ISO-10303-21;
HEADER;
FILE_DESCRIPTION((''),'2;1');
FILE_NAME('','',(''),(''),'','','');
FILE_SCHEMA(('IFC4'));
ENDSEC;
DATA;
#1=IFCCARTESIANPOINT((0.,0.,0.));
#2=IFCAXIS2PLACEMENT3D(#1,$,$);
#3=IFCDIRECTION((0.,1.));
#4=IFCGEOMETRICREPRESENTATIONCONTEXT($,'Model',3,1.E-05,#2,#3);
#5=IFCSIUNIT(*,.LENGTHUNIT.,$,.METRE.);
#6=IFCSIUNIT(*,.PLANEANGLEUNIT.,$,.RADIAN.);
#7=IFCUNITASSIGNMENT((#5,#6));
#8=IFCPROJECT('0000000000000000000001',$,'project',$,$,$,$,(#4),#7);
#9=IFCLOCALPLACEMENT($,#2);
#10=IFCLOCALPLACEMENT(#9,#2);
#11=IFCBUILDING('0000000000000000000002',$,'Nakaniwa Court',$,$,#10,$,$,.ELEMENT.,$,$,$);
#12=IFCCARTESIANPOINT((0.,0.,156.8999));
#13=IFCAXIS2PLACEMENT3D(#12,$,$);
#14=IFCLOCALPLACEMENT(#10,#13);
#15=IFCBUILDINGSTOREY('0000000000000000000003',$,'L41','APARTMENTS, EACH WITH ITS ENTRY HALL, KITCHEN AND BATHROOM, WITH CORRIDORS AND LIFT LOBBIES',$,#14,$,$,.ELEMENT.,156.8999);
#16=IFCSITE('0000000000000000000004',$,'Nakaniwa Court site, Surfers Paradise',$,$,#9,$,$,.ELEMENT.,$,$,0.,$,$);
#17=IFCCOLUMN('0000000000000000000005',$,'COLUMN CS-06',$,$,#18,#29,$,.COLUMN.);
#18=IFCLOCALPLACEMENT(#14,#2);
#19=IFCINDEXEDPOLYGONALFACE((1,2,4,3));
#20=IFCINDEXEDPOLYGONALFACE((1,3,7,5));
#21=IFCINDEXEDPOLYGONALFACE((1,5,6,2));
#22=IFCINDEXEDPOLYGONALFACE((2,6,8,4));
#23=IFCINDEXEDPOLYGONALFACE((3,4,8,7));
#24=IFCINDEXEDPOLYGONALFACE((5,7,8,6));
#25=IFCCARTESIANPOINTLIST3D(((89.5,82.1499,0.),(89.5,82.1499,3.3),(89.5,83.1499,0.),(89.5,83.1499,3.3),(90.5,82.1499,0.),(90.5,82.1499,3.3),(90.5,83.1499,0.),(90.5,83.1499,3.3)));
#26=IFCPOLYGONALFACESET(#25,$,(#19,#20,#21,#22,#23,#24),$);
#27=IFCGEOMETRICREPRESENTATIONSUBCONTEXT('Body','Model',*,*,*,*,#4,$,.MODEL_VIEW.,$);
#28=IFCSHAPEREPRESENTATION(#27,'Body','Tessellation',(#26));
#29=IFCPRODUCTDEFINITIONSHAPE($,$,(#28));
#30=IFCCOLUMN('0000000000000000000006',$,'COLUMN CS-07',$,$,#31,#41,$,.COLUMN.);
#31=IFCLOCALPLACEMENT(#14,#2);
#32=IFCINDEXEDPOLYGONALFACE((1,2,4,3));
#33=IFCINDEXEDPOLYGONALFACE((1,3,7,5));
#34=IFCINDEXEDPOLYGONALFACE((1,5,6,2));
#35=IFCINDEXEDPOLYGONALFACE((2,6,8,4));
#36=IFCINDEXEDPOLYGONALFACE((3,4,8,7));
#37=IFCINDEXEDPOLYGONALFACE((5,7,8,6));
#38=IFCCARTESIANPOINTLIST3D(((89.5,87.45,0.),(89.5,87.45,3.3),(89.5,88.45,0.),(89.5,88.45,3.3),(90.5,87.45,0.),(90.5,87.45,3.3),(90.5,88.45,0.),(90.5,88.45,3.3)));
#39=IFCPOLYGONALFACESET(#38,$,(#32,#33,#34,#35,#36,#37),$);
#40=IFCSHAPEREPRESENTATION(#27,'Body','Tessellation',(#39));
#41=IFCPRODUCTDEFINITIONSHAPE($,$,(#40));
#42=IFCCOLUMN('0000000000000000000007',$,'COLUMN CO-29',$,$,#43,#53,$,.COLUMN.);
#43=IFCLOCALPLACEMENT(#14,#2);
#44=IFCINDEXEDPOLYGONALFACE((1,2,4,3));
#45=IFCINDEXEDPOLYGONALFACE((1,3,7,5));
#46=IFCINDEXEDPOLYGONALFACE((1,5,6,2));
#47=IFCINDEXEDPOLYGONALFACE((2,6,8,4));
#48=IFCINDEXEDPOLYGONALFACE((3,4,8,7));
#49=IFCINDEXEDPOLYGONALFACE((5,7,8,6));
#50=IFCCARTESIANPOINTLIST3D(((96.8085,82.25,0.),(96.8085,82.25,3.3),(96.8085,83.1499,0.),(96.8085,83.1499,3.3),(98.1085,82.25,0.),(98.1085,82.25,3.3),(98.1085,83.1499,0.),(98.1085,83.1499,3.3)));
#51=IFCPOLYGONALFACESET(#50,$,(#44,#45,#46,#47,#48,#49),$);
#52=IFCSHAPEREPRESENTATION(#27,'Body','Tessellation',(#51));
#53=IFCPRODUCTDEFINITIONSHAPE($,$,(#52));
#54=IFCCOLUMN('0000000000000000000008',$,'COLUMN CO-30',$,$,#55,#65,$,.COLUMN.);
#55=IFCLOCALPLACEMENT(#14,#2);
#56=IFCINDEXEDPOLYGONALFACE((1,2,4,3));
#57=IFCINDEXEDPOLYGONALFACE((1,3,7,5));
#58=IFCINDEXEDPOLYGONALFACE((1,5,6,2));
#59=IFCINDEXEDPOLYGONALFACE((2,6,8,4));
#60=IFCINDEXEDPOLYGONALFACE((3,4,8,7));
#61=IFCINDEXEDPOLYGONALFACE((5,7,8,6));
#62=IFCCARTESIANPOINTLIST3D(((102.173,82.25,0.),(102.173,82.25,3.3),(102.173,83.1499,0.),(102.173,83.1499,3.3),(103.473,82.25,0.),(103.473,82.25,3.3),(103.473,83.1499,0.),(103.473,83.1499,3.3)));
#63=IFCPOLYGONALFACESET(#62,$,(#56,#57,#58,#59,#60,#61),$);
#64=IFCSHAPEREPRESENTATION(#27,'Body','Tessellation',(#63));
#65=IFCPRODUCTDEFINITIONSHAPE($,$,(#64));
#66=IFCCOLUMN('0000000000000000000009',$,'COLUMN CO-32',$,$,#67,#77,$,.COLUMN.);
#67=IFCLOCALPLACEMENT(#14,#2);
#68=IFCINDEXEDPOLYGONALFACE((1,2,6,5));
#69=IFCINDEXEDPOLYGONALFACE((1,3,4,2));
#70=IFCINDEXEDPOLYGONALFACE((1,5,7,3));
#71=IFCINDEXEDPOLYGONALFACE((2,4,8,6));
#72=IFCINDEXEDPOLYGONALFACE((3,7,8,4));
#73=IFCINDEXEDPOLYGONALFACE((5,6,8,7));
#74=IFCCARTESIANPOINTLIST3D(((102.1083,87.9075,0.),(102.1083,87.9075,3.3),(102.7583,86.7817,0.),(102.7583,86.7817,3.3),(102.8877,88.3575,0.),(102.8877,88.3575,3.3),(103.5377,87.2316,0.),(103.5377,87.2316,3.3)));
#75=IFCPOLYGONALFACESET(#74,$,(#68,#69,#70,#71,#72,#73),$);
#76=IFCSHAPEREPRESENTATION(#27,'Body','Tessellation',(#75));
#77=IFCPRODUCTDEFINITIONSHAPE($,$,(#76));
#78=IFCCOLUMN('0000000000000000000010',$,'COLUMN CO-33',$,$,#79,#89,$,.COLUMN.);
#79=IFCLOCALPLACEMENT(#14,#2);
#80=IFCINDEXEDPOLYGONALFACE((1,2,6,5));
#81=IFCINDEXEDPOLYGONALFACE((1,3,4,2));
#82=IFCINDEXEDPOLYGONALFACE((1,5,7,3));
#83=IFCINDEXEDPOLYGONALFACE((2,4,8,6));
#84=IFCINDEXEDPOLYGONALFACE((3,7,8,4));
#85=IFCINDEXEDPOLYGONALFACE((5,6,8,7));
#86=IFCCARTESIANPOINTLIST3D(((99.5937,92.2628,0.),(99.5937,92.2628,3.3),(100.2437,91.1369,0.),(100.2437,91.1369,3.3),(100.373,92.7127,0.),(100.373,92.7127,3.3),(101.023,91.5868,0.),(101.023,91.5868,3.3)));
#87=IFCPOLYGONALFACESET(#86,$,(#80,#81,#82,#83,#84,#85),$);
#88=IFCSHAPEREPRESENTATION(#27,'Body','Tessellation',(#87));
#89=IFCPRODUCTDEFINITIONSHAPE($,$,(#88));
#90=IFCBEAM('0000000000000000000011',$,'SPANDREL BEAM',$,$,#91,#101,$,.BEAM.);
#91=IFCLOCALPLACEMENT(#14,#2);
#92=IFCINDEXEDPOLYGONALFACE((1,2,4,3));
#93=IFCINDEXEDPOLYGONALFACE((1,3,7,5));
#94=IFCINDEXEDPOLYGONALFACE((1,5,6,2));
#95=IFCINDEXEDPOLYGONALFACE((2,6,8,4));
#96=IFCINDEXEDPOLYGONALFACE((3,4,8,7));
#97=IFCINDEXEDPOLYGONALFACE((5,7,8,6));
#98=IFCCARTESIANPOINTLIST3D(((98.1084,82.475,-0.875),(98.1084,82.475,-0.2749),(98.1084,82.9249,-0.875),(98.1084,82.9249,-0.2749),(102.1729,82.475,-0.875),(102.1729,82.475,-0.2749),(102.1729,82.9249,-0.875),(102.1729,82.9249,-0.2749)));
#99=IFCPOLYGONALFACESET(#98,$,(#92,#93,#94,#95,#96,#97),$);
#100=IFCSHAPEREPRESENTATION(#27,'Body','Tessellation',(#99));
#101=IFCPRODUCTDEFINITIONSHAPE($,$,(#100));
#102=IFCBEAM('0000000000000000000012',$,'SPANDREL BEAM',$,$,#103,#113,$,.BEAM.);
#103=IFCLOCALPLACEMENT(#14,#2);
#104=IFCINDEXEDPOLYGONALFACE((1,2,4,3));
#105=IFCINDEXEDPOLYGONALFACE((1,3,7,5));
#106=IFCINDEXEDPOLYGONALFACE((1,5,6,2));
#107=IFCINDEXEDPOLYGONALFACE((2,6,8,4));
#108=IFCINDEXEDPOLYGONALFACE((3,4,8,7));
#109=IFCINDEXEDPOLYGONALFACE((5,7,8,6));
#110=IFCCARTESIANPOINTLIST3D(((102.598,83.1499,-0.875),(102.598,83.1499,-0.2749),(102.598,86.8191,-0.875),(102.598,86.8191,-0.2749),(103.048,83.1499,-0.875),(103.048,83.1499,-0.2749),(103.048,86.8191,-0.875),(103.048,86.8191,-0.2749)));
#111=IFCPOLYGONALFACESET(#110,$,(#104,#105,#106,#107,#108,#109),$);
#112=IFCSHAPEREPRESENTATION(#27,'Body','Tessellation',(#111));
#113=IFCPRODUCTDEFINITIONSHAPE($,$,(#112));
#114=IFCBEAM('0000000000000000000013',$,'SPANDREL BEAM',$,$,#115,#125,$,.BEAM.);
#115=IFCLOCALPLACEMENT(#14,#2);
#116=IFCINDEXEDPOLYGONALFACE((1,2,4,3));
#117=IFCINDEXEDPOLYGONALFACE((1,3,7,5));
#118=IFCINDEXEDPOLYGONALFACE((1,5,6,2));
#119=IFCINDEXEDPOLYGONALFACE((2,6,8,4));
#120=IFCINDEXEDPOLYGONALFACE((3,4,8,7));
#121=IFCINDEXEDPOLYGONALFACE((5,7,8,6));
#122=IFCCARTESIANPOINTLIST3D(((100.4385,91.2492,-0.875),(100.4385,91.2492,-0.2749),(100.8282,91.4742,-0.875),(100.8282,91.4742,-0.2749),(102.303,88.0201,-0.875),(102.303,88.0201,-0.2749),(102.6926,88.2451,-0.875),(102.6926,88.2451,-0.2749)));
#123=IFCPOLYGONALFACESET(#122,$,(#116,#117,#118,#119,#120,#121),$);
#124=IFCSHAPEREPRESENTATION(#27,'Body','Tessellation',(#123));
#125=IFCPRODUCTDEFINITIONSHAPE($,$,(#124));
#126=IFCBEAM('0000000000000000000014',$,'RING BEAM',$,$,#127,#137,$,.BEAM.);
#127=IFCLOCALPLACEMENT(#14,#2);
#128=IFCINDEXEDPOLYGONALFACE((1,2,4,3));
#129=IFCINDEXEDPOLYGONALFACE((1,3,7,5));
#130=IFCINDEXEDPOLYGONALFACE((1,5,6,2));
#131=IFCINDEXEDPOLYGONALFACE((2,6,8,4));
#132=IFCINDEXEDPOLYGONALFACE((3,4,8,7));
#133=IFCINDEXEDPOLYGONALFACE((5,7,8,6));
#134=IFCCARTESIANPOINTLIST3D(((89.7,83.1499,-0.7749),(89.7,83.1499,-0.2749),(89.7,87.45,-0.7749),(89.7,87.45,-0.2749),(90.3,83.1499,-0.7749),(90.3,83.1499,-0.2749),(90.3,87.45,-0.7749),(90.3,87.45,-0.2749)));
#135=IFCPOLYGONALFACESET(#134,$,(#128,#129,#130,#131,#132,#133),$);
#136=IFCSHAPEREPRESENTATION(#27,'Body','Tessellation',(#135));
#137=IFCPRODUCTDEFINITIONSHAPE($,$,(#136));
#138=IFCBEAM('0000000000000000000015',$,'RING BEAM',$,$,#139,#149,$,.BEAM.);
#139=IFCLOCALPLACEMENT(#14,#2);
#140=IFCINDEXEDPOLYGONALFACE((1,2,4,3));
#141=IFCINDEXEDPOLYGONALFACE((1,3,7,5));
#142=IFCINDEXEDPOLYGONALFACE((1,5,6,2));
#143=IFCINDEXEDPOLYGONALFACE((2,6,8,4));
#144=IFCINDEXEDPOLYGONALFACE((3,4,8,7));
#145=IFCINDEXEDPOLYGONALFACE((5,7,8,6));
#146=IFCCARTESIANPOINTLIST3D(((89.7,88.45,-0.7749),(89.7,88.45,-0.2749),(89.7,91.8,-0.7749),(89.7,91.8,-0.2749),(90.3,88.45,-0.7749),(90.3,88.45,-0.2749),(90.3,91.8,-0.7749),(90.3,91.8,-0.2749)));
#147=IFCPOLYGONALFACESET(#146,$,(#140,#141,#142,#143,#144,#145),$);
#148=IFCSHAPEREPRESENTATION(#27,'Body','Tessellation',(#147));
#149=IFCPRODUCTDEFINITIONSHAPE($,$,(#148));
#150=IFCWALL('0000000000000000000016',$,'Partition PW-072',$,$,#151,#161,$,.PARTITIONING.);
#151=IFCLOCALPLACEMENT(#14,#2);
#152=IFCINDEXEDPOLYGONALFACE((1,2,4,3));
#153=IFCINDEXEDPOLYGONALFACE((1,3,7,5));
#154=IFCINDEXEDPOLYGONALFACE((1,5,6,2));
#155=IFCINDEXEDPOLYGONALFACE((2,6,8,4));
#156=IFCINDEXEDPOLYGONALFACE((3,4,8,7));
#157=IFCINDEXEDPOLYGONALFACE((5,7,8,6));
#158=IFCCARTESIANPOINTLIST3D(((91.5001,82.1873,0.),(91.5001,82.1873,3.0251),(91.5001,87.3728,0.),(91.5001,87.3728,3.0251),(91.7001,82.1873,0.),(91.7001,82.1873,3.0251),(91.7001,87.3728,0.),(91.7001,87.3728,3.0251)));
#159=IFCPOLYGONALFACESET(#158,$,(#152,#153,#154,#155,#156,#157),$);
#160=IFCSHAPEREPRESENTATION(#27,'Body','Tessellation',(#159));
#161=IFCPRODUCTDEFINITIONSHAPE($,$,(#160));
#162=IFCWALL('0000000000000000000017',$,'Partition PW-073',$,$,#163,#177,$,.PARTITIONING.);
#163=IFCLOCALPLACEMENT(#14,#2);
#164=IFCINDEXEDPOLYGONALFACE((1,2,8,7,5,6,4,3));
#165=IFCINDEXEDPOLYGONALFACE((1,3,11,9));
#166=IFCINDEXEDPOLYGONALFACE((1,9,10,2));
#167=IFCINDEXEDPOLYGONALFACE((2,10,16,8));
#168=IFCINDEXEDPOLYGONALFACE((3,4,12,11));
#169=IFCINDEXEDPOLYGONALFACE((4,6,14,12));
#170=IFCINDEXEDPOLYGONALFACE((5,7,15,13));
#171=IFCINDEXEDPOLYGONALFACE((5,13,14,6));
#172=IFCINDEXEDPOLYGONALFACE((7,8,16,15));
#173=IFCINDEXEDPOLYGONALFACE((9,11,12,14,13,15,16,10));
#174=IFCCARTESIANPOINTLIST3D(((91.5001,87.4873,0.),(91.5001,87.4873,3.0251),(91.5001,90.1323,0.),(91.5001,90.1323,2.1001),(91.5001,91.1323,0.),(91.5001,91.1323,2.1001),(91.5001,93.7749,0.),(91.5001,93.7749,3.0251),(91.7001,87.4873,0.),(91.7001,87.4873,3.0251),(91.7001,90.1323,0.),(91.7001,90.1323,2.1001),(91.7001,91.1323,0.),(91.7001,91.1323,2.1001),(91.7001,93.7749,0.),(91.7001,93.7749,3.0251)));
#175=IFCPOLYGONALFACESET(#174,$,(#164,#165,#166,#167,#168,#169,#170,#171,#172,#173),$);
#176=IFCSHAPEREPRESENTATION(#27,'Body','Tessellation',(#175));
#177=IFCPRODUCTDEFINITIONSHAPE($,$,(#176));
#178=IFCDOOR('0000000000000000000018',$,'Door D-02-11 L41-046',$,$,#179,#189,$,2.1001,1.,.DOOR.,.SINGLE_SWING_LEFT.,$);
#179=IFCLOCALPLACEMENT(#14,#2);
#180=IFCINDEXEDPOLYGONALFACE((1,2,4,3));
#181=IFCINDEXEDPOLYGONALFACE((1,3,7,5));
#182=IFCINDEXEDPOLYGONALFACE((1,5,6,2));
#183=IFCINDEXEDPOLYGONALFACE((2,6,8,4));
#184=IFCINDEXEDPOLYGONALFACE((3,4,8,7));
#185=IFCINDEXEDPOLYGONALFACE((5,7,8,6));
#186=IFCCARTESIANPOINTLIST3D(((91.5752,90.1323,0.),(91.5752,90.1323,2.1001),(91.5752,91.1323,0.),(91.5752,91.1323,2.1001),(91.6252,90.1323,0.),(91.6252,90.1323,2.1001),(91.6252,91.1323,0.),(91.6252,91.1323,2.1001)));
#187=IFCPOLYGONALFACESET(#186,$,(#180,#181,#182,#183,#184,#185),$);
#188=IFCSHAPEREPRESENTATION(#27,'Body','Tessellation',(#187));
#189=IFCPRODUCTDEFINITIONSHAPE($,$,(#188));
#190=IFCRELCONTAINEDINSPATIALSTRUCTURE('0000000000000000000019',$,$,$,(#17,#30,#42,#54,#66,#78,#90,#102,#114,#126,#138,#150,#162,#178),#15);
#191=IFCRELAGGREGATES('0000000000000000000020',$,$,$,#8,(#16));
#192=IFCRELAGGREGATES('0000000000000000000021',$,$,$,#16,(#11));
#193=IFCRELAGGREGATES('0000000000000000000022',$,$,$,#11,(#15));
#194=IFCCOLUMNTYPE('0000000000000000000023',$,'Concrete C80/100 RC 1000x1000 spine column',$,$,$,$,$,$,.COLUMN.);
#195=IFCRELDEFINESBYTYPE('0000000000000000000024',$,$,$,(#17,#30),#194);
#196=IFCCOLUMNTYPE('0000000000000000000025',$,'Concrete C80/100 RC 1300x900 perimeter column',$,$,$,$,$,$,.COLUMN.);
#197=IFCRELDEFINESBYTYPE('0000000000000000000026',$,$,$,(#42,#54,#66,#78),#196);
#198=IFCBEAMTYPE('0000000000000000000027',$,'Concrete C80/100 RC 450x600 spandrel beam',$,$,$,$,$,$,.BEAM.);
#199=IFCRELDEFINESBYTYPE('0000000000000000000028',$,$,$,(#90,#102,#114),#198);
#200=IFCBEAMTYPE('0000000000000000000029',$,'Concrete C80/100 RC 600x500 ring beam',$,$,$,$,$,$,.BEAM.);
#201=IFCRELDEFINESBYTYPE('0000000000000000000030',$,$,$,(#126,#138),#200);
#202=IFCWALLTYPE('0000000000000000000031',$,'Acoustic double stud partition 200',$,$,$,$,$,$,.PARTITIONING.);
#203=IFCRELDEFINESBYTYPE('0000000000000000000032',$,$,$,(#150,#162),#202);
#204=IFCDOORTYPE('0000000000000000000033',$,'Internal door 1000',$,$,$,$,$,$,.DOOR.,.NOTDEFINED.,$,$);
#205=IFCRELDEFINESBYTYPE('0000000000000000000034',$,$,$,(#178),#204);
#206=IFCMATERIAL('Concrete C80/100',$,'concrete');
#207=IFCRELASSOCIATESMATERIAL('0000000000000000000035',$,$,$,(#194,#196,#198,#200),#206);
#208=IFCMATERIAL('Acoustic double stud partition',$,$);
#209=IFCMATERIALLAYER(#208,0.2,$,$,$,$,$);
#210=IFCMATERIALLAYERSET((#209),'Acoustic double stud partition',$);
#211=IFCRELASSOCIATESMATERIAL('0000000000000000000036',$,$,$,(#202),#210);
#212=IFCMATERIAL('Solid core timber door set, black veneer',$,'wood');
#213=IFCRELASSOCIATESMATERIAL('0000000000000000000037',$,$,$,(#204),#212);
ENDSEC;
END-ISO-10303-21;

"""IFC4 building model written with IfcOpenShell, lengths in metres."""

from ifc_helpers import new_model, si_unit, direction, frame, frame_2d, origin, origin_2d, place, context, subcontext, project, spatial, rectangle, extrude, material, layer, layer_set, material_profile, profile_set, type_object, element, fill, save


model = new_model("IFC4")

# Units and contexts
model_context = context("Model", 3, precision=1e-05, world=origin(), true_north=direction((0.0, 1.0)))
body_context = subcontext(model_context, "Body", "Model", "MODEL_VIEW")
ifc_project = project(units=[si_unit("LENGTHUNIT", "METRE"), si_unit("PLANEANGLEUNIT", "RADIAN")], contexts=[model_context])

# Site, building, storey
site_placement = place(None, origin())
site = spatial("IfcSite", under=ifc_project, at=site_placement, Name="Nakaniwa Court site, Surfers Paradise", CompositionType="ELEMENT", RefElevation=0.0)
building_placement = place(site_placement, origin())
building = spatial("IfcBuilding", under=site, at=building_placement, Name="Nakaniwa Court", CompositionType="ELEMENT")
storey_placement = place(building_placement, frame((0.0, 0.0, 156.8999)))
storey = spatial("IfcBuildingStorey", under=building, at=storey_placement, Name="L41", Description="APARTMENTS, EACH WITH ITS ENTRY HALL, KITCHEN AND BATHROOM, WITH CORRIDORS AND LIFT LOBBIES", CompositionType="ELEMENT", Elevation=156.8999)

# Columns
ifc_material_1 = material(Name="Concrete C80/100", Category="concrete")
ifc_material_profile_1 = material_profile(ifc_material_1, rectangle(XDim=1.0, YDim=1.0, at=origin_2d()), Name="Concrete C80/100 RC 1000x1000 spine column")
ifc_profile_set_1 = profile_set([ifc_material_profile_1], Name="Concrete C80/100")
column_type_1 = type_object("IfcColumnType", Name="Concrete C80/100 RC 1000x1000 spine column", PredefinedType="COLUMN", material=ifc_profile_set_1)
for number, where, z_axis, x_axis, name in (
    (1, (90.0, 82.6499, 0.0), (0.0, 0.0, 1.0), (0.0, 1.0, 0.0), "COLUMN CS-06"),
    (2, (90.0, 87.95, 0.0), (0.0, 0.0, 1.0), (0.0, 1.0, 0.0), "COLUMN CS-07"),
):
    element("IfcColumn", number, at=place(storey_placement, frame(where, z_axis=z_axis, x_axis=x_axis)), inside=storey, type_object=column_type_1, Name=name, PredefinedType="COLUMN", context=body_context, shape_type="SweptSolid", body=[
        extrude(rectangle(XDim=1.0, YDim=1.0, at=origin_2d()), origin(), (0.0, 0.0, 1.0), 3.3),
    ])
ifc_material_profile_2 = material_profile(ifc_material_1, rectangle(XDim=1.3, YDim=0.8999, at=origin_2d()), Name="Concrete C80/100 RC 1300x900 perimeter column")
ifc_profile_set_2 = profile_set([ifc_material_profile_2], Name="Concrete C80/100")
column_type_2 = type_object("IfcColumnType", Name="Concrete C80/100 RC 1300x900 perimeter column", PredefinedType="COLUMN", material=ifc_profile_set_2)
for number, where, z_axis, x_axis, name in (
    (3, (97.4585, 82.7, 0.0), (0.0, 0.0, 1.0), (1.0, 0.0, 0.0), "COLUMN CO-29"),
    (4, (102.823, 82.7, 0.0), (0.0, 0.0, 1.0), (1.0, 0.0, 0.0), "COLUMN CO-30"),
    (5, (102.823, 87.5696, 0.0), (0.0, 0.0, 1.0), (-0.5, 0.866025, 0.0), "COLUMN CO-32"),
    (6, (100.3083, 91.9248, 0.0), (0.0, 0.0, 1.0), (-0.5, 0.866025, 0.0), "COLUMN CO-33"),
):
    element("IfcColumn", number, at=place(storey_placement, frame(where, z_axis=z_axis, x_axis=x_axis)), inside=storey, type_object=column_type_2, Name=name, PredefinedType="COLUMN", context=body_context, shape_type="SweptSolid", body=[
        extrude(rectangle(XDim=1.3, YDim=0.8999, at=origin_2d()), origin(), (0.0, 0.0, 1.0), 3.3),
    ])

# Beams
ifc_material_profile_3 = material_profile(ifc_material_1, rectangle(XDim=0.45, YDim=0.6001, at=origin_2d()), Name="Concrete C80/100 RC 450x600 spandrel beam")
ifc_profile_set_3 = profile_set([ifc_material_profile_3], Name="Concrete C80/100")
beam_type_1 = type_object("IfcBeamType", Name="Concrete C80/100 RC 450x600 spandrel beam", PredefinedType="BEAM", material=ifc_profile_set_3)
beam_1_placement = place(storey_placement, frame((98.1084, 82.7, -0.575), z_axis=(1.0, 0.0, 0.0), x_axis=(0.0, 1.0, 0.0)))
element("IfcBeam", 7, at=beam_1_placement, inside=storey, type_object=beam_type_1, Name="SPANDREL BEAM", PredefinedType="BEAM", context=body_context, shape_type="SweptSolid", body=[
    extrude(rectangle(XDim=0.45, YDim=0.6001, at=origin_2d()), origin(), (0.0, 0.0, 1.0), 4.0645),
])
beam_2_placement = place(storey_placement, frame((102.823, 83.1499, -0.575), z_axis=(0.0, 1.0, 0.0), x_axis=(-1.0, 0.0, 0.0)))
element("IfcBeam", 8, at=beam_2_placement, inside=storey, type_object=beam_type_1, Name="SPANDREL BEAM", PredefinedType="BEAM", context=body_context, shape_type="SweptSolid", body=[
    extrude(rectangle(XDim=0.45, YDim=0.6001, at=origin_2d()), origin(), (0.0, 0.0, 1.0), 3.6692),
])
beam_3_placement = place(storey_placement, frame((102.4978, 88.1326, -0.575), z_axis=(-0.500019, 0.866014, 0.0), x_axis=(-0.866014, -0.500019, 0.0)))
element("IfcBeam", 9, at=beam_3_placement, inside=storey, type_object=beam_type_1, Name="SPANDREL BEAM", PredefinedType="BEAM", context=body_context, shape_type="SweptSolid", body=[
    extrude(rectangle(XDim=0.45, YDim=0.6001, at=origin_2d()), origin(), (0.0, 0.0, 1.0), 3.7288),
])
ifc_material_profile_4 = material_profile(ifc_material_1, rectangle(XDim=0.6001, YDim=0.5, at=origin_2d()), Name="Concrete C80/100 RC 600x500 ring beam")
ifc_profile_set_4 = profile_set([ifc_material_profile_4], Name="Concrete C80/100")
beam_type_2 = type_object("IfcBeamType", Name="Concrete C80/100 RC 600x500 ring beam", PredefinedType="BEAM", material=ifc_profile_set_4)
beam_4_placement = place(storey_placement, frame((90.0, 83.1499, -0.5249), z_axis=(0.0, 1.0, 0.0), x_axis=(-1.0, 0.0, 0.0)))
element("IfcBeam", 10, at=beam_4_placement, inside=storey, type_object=beam_type_2, Name="RING BEAM", PredefinedType="BEAM", context=body_context, shape_type="SweptSolid", body=[
    extrude(rectangle(XDim=0.6001, YDim=0.5, at=origin_2d()), origin(), (0.0, 0.0, 1.0), 4.3),
])
beam_5_placement = place(storey_placement, frame((90.0, 88.45, -0.5249), z_axis=(0.0, 1.0, 0.0), x_axis=(-1.0, 0.0, 0.0)))
element("IfcBeam", 11, at=beam_5_placement, inside=storey, type_object=beam_type_2, Name="RING BEAM", PredefinedType="BEAM", context=body_context, shape_type="SweptSolid", body=[
    extrude(rectangle(XDim=0.6001, YDim=0.5, at=origin_2d()), origin(), (0.0, 0.0, 1.0), 3.3501),
])

# Wall
ifc_material_2 = material(Name="Acoustic double stud partition")
ifc_layer_1 = layer(ifc_material_2, 0.2)
ifc_layer_set_1 = layer_set([ifc_layer_1], Name="Acoustic double stud partition")
wall_type_1 = type_object("IfcWallType", Name="Acoustic double stud partition 200", PredefinedType="PARTITIONING", material=ifc_layer_set_1)
wall_1_placement = place(storey_placement, frame((91.6001, 82.1873, 0.0), z_axis=(0.0, 0.0, 1.0), x_axis=(0.0, 1.0, 0.0)))
element("IfcWall", 12, at=wall_1_placement, inside=storey, type_object=wall_type_1, Name="Partition PW-072", PredefinedType="PARTITIONING", context=body_context, shape_type="SweptSolid", body=[
    extrude(rectangle(XDim=5.1855, YDim=0.2, at=frame_2d((2.5928, 0.0))), origin(), (0.0, 0.0, 1.0), 3.0251),
])

# Wall, opening, door
wall_2_placement = place(storey_placement, frame((91.6001, 87.4873, 0.0), z_axis=(0.0, 0.0, 1.0), x_axis=(0.0, 1.0, 0.0)))
wall_2 = element("IfcWall", 13, at=wall_2_placement, inside=storey, type_object=wall_type_1, Name="Partition PW-073", PredefinedType="PARTITIONING", context=body_context, shape_type="SweptSolid", body=[
    extrude(rectangle(XDim=6.2876, YDim=0.2, at=frame_2d((3.1438, 0.0))), origin(), (0.0, 0.0, 1.0), 3.0251),
])
opening_1_placement = place(wall_2_placement, frame((2.645, 0.0, 0.0)))
opening_1 = element("IfcOpeningElement", 14, at=opening_1_placement, cuts=wall_2, PredefinedType="OPENING", context=body_context, shape_type="SweptSolid", body=[
    extrude(rectangle(XDim=1.0, YDim=2.1001, at=frame_2d((0.5, 1.05))), frame((0.0, 0.1099, 0.0), z_axis=(0.0, -1.0, 0.0), x_axis=(1.0, 0.0, 0.0)), (0.0, 0.0, 1.0), 0.22),
])
ifc_material_3 = material(Name="Solid core timber door set, black veneer", Category="wood")
door_type_1 = type_object("IfcDoorType", Name="Internal door 1000", OperationType="NOTDEFINED", PredefinedType="DOOR", material=ifc_material_3)
door_1_placement = place(opening_1_placement, origin())
door_1 = element("IfcDoor", 15, at=door_1_placement, inside=storey, type_object=door_type_1, Name="Door D-02-11 L41-046", OperationType="SINGLE_SWING_LEFT", OverallHeight=2.1001, OverallWidth=1.0, PredefinedType="DOOR", context=body_context, shape_type="SweptSolid", body=[
    extrude(rectangle(XDim=1.0, YDim=2.1001, at=frame_2d((0.5, 1.05))), frame((0.0, 0.0249, 0.0), z_axis=(0.0, -1.0, 0.0), x_axis=(1.0, 0.0, 0.0)), (0.0, 0.0, 1.0), 0.05),
])
fill(opening_1, door_1)

save(model, "model.ifc")
